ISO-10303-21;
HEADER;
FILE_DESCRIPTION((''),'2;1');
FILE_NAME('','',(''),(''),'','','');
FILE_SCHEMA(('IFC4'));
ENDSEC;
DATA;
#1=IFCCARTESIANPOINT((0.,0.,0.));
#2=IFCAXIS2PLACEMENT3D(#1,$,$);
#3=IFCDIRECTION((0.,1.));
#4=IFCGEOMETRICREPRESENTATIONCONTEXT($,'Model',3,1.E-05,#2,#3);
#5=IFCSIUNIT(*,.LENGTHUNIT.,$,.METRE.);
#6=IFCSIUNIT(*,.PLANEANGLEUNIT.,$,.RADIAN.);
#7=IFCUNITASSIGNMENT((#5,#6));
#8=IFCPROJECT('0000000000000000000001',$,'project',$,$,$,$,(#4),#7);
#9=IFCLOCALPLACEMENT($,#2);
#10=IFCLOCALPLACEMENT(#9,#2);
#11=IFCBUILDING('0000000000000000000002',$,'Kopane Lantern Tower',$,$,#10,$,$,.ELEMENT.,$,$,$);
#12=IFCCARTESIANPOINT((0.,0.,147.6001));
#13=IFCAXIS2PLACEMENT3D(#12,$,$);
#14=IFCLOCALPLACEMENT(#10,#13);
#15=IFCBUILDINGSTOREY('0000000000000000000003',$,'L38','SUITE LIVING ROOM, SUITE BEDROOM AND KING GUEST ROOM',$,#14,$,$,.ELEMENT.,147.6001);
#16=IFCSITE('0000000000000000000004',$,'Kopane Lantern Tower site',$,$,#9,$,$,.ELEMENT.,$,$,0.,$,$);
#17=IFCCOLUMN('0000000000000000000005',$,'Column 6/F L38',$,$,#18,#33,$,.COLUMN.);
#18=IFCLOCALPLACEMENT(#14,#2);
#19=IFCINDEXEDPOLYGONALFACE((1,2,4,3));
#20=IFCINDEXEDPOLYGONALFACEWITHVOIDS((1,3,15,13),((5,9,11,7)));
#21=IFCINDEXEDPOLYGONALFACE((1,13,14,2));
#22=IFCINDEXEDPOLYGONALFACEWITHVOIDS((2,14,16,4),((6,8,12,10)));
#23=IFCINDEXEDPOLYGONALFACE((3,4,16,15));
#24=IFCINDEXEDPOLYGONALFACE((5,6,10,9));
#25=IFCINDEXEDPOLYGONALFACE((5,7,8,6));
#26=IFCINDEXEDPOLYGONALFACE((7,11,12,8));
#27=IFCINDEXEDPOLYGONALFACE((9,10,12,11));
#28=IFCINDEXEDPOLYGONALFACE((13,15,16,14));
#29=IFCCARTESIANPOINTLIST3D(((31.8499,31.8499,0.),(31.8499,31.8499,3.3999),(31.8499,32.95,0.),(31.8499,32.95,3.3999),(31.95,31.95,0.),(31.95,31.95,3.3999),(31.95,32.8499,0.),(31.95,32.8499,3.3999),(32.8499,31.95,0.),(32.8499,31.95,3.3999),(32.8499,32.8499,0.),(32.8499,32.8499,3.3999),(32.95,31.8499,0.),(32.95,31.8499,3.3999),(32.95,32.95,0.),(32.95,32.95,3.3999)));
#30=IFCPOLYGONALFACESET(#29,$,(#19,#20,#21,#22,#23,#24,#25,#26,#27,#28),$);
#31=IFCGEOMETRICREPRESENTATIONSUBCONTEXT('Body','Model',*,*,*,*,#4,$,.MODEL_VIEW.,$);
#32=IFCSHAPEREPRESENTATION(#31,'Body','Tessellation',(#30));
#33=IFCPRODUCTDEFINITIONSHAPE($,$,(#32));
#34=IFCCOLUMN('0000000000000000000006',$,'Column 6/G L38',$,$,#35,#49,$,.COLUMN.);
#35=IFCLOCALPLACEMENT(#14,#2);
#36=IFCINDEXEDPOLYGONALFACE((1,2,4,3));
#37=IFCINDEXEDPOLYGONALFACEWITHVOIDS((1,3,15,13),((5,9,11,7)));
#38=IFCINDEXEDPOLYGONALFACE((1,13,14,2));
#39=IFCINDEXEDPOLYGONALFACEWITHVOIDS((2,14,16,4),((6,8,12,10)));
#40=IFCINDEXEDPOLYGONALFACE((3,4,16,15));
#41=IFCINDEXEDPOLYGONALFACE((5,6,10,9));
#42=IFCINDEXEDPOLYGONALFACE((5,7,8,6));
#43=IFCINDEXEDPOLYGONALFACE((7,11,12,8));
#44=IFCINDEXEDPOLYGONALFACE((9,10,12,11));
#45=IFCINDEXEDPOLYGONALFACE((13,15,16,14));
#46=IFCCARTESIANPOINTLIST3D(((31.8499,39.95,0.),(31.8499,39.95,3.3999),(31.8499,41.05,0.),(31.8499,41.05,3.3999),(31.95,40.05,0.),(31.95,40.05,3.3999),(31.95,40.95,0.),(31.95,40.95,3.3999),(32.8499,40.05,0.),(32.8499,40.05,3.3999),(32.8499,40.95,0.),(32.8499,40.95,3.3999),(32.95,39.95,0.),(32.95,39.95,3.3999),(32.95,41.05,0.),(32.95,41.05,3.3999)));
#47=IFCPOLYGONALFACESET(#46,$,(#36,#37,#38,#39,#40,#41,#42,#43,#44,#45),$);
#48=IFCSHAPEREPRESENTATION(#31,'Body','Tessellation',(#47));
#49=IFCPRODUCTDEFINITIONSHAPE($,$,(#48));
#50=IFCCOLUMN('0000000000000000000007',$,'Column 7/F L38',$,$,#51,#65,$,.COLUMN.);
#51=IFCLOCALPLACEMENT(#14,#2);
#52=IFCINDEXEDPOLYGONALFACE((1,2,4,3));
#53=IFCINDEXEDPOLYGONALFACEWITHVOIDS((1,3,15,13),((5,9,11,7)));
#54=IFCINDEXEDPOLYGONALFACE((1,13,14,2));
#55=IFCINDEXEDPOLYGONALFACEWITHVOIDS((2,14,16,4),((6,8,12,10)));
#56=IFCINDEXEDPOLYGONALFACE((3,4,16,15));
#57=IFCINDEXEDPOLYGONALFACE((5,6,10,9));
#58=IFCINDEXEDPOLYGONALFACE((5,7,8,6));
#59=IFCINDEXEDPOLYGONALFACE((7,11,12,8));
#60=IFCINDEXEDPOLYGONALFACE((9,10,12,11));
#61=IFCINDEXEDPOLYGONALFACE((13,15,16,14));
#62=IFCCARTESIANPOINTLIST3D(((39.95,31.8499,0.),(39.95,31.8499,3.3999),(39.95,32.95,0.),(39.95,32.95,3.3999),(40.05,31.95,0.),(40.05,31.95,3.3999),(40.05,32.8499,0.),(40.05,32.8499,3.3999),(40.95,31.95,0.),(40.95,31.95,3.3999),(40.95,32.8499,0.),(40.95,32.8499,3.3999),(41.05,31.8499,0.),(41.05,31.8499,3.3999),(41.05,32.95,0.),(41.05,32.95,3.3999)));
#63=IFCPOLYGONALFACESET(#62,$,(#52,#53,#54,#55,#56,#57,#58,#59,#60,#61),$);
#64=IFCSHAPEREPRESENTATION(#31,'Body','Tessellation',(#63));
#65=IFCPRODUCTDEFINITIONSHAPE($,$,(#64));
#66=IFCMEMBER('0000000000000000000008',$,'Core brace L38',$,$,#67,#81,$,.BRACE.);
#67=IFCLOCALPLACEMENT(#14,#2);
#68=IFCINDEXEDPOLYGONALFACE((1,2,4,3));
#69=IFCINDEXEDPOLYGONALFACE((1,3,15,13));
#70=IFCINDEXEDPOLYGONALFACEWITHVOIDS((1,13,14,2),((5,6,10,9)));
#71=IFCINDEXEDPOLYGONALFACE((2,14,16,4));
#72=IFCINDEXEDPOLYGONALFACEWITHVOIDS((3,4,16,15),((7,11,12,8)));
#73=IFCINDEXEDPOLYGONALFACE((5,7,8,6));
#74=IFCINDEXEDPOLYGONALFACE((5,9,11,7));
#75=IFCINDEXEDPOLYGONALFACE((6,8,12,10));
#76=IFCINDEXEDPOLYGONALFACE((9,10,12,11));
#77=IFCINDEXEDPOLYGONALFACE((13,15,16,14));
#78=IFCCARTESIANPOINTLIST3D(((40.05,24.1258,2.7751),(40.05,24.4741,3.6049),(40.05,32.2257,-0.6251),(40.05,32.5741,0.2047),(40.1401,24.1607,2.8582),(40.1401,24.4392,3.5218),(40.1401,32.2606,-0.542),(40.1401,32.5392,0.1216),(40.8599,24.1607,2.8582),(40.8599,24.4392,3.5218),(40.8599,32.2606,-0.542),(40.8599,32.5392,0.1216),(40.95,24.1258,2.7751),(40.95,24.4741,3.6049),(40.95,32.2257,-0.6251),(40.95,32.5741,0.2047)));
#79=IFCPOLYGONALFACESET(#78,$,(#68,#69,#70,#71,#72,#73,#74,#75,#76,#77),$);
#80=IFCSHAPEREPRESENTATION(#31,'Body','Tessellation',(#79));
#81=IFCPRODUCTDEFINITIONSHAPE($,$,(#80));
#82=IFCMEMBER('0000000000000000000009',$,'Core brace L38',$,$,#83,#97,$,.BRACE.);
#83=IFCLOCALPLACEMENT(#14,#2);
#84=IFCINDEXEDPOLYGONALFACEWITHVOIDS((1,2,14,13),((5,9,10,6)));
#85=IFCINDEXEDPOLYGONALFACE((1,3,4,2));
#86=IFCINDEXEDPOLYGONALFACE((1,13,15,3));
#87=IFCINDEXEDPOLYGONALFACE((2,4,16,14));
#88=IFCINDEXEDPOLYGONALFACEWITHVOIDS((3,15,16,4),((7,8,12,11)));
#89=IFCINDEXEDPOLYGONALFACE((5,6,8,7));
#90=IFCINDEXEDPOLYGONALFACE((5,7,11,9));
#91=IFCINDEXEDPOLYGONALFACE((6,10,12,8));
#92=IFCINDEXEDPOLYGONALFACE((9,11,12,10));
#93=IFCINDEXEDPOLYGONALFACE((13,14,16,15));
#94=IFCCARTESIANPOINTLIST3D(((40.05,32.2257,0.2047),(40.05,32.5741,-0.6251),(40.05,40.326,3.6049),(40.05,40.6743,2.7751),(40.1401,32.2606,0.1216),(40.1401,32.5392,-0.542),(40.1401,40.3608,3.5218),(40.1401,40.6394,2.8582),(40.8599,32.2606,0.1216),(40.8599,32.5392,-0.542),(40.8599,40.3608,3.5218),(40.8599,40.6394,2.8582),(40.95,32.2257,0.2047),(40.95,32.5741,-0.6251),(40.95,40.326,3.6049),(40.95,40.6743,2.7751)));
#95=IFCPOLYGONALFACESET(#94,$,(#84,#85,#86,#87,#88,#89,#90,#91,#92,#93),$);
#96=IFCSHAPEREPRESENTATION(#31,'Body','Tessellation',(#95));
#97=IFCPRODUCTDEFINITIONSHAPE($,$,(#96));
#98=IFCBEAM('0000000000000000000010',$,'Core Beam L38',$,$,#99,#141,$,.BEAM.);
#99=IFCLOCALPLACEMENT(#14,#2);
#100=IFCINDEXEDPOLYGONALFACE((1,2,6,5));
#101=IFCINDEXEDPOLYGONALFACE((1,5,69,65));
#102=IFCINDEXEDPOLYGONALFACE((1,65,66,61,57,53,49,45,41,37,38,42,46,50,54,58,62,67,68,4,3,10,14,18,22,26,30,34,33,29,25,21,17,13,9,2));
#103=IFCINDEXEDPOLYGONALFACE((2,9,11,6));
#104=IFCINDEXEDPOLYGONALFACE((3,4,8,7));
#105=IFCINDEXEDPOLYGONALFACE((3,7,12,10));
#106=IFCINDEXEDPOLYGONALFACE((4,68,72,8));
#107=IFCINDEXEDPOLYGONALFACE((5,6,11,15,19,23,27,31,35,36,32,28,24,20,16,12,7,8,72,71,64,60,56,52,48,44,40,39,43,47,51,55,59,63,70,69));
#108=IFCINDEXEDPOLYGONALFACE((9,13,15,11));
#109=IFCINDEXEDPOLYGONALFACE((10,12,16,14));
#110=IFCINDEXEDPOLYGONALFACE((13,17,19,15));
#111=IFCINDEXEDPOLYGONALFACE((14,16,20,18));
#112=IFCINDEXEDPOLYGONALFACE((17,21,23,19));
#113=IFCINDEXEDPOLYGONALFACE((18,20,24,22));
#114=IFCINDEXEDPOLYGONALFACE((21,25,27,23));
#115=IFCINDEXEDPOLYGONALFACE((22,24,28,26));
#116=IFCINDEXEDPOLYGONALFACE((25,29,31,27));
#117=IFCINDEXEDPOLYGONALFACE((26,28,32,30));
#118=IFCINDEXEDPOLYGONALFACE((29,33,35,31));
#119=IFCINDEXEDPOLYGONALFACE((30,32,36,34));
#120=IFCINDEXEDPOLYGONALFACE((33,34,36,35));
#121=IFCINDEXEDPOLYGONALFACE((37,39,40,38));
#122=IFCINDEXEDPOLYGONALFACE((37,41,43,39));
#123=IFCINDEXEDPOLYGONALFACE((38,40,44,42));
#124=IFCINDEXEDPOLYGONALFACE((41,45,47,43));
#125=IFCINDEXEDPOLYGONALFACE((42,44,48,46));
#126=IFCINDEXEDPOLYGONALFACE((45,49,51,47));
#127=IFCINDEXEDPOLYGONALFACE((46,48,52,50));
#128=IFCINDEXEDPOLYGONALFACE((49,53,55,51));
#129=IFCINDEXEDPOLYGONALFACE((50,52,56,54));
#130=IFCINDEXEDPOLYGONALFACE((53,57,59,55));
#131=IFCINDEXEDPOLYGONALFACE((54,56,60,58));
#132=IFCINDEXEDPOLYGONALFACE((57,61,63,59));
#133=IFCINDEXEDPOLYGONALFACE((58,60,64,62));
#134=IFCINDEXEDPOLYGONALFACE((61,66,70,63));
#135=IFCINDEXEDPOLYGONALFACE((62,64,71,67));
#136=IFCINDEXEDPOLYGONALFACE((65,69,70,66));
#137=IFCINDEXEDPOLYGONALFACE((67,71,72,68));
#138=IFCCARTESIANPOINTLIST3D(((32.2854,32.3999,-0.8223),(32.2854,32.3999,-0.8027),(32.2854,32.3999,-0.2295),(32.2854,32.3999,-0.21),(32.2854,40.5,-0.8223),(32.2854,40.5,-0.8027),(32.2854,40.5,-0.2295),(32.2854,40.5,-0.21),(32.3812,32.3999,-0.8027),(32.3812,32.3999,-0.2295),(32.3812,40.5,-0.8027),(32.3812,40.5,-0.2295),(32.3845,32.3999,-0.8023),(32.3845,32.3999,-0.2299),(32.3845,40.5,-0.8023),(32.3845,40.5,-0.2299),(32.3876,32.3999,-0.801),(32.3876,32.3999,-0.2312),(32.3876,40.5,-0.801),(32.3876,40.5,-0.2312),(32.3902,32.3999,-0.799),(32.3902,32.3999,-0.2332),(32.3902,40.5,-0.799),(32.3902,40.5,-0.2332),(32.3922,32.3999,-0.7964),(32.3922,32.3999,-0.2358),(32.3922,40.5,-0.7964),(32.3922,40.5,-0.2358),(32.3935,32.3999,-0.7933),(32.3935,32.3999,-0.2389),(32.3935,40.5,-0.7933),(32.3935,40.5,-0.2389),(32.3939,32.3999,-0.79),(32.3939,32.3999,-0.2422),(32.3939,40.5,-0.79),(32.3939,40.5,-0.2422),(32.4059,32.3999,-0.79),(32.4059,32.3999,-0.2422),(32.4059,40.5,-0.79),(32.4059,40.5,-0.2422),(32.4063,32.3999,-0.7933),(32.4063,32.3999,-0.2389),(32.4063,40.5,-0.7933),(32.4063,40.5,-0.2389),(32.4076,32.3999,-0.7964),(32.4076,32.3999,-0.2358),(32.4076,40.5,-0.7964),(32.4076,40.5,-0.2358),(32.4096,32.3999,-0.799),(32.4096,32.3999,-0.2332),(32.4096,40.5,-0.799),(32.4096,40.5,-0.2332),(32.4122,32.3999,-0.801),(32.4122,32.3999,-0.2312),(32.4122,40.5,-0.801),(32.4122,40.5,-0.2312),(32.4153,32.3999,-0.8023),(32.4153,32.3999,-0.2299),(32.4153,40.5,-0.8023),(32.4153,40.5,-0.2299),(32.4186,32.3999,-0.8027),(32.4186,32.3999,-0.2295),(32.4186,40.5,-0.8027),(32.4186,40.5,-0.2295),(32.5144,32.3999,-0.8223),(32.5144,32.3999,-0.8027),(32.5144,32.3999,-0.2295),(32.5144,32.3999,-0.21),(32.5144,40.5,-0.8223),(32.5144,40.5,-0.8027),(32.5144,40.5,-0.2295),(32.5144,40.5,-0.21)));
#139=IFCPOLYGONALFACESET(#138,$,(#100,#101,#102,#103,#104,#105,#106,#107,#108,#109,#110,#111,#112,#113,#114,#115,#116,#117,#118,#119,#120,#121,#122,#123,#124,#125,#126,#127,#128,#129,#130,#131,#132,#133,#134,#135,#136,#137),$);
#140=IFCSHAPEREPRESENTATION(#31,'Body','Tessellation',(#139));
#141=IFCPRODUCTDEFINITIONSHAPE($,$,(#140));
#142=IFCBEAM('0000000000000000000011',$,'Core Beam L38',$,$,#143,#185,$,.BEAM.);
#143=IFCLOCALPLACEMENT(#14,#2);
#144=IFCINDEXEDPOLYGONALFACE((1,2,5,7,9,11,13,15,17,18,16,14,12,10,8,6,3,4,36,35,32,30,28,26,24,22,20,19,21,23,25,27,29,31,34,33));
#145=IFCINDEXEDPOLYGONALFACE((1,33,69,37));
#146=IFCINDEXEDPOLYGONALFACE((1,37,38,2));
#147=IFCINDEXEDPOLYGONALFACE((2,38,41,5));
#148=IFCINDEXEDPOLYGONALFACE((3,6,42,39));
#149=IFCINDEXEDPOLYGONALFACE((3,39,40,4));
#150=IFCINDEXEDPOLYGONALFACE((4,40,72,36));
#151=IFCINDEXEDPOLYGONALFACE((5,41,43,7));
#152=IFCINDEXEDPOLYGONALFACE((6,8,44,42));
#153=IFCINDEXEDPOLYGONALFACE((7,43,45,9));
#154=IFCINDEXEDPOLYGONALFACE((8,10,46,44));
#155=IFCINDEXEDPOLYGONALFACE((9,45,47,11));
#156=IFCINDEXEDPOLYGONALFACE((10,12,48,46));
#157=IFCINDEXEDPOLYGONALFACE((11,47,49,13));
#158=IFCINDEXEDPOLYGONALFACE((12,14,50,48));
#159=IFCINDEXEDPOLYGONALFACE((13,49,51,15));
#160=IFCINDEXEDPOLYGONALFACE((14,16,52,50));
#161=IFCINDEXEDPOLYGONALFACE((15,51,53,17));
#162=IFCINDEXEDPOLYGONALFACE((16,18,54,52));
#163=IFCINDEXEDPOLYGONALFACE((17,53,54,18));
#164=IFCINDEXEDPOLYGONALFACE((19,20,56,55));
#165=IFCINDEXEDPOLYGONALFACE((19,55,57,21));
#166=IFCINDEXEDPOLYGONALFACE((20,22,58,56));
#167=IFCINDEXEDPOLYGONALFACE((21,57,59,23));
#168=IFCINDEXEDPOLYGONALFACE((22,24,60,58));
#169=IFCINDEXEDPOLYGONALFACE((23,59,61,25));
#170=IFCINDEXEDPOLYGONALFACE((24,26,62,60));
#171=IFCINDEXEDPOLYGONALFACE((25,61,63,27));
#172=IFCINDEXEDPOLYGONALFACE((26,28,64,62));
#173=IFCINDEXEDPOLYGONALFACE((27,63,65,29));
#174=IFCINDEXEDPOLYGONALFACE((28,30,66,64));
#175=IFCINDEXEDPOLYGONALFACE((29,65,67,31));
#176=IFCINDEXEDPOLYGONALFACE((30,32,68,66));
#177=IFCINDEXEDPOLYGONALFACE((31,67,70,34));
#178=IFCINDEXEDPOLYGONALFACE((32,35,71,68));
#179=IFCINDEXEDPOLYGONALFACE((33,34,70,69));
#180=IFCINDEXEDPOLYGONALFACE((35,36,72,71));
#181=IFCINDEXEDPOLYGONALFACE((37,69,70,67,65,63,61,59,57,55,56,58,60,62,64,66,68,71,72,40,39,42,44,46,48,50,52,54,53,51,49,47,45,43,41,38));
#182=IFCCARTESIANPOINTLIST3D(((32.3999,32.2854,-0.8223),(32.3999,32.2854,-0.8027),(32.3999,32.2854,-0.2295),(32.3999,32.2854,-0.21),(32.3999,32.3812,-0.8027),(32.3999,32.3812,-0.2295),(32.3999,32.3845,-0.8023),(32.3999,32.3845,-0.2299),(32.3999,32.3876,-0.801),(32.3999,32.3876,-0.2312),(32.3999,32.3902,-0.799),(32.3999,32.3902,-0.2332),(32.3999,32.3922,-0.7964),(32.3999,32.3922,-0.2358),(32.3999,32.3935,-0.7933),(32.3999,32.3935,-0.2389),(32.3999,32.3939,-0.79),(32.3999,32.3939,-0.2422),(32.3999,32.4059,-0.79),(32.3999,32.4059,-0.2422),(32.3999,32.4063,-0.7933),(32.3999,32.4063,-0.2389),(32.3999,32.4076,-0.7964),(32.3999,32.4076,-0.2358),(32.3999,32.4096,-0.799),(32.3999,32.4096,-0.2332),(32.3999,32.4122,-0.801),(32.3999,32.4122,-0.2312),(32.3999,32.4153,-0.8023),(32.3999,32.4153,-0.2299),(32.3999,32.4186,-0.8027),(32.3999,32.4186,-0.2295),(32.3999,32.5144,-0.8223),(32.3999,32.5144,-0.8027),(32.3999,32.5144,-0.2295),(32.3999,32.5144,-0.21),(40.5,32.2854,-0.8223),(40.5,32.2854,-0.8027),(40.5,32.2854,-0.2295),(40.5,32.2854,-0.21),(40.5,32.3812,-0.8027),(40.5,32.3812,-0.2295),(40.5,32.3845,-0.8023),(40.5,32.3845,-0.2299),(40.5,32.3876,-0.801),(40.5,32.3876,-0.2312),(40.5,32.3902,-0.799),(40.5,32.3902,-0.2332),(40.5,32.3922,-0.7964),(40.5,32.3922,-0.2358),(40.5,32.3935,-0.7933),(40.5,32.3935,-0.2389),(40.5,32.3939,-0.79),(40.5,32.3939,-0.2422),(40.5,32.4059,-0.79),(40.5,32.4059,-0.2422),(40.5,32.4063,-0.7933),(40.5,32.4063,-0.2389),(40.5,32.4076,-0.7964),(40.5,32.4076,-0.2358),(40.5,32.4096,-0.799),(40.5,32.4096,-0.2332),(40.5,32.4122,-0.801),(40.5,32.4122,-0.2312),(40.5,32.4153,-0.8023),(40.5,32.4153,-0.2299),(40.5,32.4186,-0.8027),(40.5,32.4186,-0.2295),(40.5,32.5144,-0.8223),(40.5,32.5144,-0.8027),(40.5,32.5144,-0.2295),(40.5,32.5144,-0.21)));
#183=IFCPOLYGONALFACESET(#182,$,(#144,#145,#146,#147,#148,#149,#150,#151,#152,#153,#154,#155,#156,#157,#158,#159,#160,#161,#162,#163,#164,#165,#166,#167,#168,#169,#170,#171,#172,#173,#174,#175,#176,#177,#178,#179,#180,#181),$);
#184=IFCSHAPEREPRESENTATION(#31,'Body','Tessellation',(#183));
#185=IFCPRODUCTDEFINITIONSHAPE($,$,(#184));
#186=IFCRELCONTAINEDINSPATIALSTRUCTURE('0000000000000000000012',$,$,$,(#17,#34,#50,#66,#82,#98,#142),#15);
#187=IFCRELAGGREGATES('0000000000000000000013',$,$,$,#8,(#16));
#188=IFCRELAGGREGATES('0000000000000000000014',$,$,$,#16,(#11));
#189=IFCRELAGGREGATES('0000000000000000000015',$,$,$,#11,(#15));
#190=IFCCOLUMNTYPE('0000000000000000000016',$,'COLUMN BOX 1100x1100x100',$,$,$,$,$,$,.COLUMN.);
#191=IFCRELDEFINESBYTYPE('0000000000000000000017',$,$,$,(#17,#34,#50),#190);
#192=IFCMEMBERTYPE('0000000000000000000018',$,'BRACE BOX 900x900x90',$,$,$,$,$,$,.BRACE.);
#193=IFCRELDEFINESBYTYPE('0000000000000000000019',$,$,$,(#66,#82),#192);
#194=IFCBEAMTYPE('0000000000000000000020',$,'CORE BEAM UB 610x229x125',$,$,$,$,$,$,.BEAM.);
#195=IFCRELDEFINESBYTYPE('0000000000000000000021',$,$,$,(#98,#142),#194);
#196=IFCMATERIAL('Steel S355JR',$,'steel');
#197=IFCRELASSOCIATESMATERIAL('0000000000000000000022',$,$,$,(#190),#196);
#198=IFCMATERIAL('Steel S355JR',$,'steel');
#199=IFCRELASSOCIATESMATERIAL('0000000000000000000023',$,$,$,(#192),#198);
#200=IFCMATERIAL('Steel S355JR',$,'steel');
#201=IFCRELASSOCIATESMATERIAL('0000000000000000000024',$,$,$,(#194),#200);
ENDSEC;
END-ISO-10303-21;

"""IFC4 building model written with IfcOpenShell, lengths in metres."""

from ifc_helpers import new_model, si_unit, direction, frame, origin, origin_2d, place, context, subcontext, project, spatial, hollow_rectangle, i_section, extrude, material, material_profile, profile_set, type_object, element, save


model = new_model("IFC4")

# Units and contexts
model_context = context("Model", 3, precision=1e-05, world=origin(), true_north=direction((0.0, 1.0)))
body_context = subcontext(model_context, "Body", "Model", "MODEL_VIEW")
ifc_project = project(units=[si_unit("LENGTHUNIT", "METRE"), si_unit("PLANEANGLEUNIT", "RADIAN")], contexts=[model_context])

# Site, building, storey
site_placement = place(None, origin())
site = spatial("IfcSite", under=ifc_project, at=site_placement, Name="Kopane Lantern Tower site", CompositionType="ELEMENT", RefElevation=0.0)
building_placement = place(site_placement, origin())
building = spatial("IfcBuilding", under=site, at=building_placement, Name="Kopane Lantern Tower", CompositionType="ELEMENT")
storey_placement = place(building_placement, frame((0.0, 0.0, 147.6001)))
storey = spatial("IfcBuildingStorey", under=building, at=storey_placement, Name="L38", Description="SUITE LIVING ROOM, SUITE BEDROOM AND KING GUEST ROOM", CompositionType="ELEMENT", Elevation=147.6001)

# Columns
ifc_material_1 = material(Name="Steel S355JR", Category="steel")
ifc_material_profile_1 = material_profile(ifc_material_1, hollow_rectangle(XDim=1.1001, YDim=1.1001, WallThickness=0.1001, at=origin_2d()), Name="BOX 1100x1100x100")
ifc_profile_set_1 = profile_set([ifc_material_profile_1], Name="Steel S355JR")
column_type = type_object("IfcColumnType", Name="COLUMN BOX 1100x1100x100", PredefinedType="COLUMN", material=ifc_profile_set_1)
for number, where, z_axis, x_axis, name in (
    (1, (32.3999, 32.3999, 0.0), (0.0, 0.0, 1.0), (1.0, 0.0, 0.0), "Column 6/F L38"),
    (2, (32.3999, 40.5, 0.0), (0.0, 0.0, 1.0), (1.0, 0.0, 0.0), "Column 6/G L38"),
    (3, (40.5, 32.3999, 0.0), (0.0, 0.0, 1.0), (1.0, 0.0, 0.0), "Column 7/F L38"),
):
    element("IfcColumn", number, at=place(storey_placement, frame(where, z_axis=z_axis, x_axis=x_axis)), inside=storey, type_object=column_type, Name=name, PredefinedType="COLUMN", context=body_context, shape_type="SweptSolid", body=[
        extrude(hollow_rectangle(XDim=1.1001, YDim=1.1001, WallThickness=0.1001, at=origin_2d()), origin(), (0.0, 0.0, 1.0), 3.3999),
    ])

# Members
ifc_material_2 = material(Name="Steel S355JR", Category="steel")
ifc_material_profile_2 = material_profile(ifc_material_2, hollow_rectangle(XDim=0.8999, YDim=0.8999, WallThickness=0.0901, at=origin_2d()), Name="BOX 900x900x90")
ifc_profile_set_2 = profile_set([ifc_material_profile_2], Name="Steel S355JR")
member_type = type_object("IfcMemberType", Name="BRACE BOX 900x900x90", PredefinedType="BRACE", material=ifc_profile_set_2)
member_1_placement = place(storey_placement, frame((40.5, 32.3999, -0.2102), z_axis=(0.0, -0.922055, 0.387059), x_axis=(1.0, 0.0, 0.0)))
element("IfcMember", 4, at=member_1_placement, inside=storey, type_object=member_type, Name="Core brace L38", PredefinedType="BRACE", context=body_context, shape_type="SweptSolid", body=[
    extrude(hollow_rectangle(XDim=0.8999, YDim=0.8999, WallThickness=0.0901, at=origin_2d()), origin(), (0.0, 0.0, 1.0), 8.7847),
])
member_2_placement = place(storey_placement, frame((40.5, 32.3999, -0.2102), z_axis=(0.0, 0.922059, 0.387049), x_axis=(-1.0, 0.0, 0.0)))
element("IfcMember", 5, at=member_2_placement, inside=storey, type_object=member_type, Name="Core brace L38", PredefinedType="BRACE", context=body_context, shape_type="SweptSolid", body=[
    extrude(hollow_rectangle(XDim=0.8999, YDim=0.8999, WallThickness=0.0901, at=origin_2d()), origin(), (0.0, 0.0, 1.0), 8.7849),
])

# Beams
ifc_material_3 = material(Name="Steel S355JR", Category="steel")
ifc_material_profile_3 = material_profile(ifc_material_3, i_section(OverallWidth=0.229, OverallDepth=0.6123, WebThickness=0.012, FlangeThickness=0.0195, FilletRadius=0.0127, at=origin_2d()), Name="UB 610x229x125")
ifc_profile_set_3 = profile_set([ifc_material_profile_3], Name="Steel S355JR")
beam_type_1 = type_object("IfcBeamType", Name="CORE BEAM UB 610x229x125", PredefinedType="BEAM", material=ifc_profile_set_3)
for number, where, z_axis, x_axis, name in (
    (6, (32.3999, 32.3999, -0.5161), (0.0, 1.0, 0.0), (-1.0, 0.0, 0.0), "Core Beam L38"),
    (7, (32.3999, 32.3999, -0.5161), (1.0, 0.0, 0.0), (0.0, 1.0, 0.0), "Core Beam L38"),
):
    element("IfcBeam", number, at=place(storey_placement, frame(where, z_axis=z_axis, x_axis=x_axis)), inside=storey, type_object=beam_type_1, Name=name, PredefinedType="BEAM", context=body_context, shape_type="SweptSolid", body=[
        extrude(i_section(OverallWidth=0.229, OverallDepth=0.6123, WebThickness=0.012, FlangeThickness=0.0195, FilletRadius=0.0127, at=origin_2d()), origin(), (0.0, 0.0, 1.0), 8.1001),
    ])

save(model, "model.ifc")
